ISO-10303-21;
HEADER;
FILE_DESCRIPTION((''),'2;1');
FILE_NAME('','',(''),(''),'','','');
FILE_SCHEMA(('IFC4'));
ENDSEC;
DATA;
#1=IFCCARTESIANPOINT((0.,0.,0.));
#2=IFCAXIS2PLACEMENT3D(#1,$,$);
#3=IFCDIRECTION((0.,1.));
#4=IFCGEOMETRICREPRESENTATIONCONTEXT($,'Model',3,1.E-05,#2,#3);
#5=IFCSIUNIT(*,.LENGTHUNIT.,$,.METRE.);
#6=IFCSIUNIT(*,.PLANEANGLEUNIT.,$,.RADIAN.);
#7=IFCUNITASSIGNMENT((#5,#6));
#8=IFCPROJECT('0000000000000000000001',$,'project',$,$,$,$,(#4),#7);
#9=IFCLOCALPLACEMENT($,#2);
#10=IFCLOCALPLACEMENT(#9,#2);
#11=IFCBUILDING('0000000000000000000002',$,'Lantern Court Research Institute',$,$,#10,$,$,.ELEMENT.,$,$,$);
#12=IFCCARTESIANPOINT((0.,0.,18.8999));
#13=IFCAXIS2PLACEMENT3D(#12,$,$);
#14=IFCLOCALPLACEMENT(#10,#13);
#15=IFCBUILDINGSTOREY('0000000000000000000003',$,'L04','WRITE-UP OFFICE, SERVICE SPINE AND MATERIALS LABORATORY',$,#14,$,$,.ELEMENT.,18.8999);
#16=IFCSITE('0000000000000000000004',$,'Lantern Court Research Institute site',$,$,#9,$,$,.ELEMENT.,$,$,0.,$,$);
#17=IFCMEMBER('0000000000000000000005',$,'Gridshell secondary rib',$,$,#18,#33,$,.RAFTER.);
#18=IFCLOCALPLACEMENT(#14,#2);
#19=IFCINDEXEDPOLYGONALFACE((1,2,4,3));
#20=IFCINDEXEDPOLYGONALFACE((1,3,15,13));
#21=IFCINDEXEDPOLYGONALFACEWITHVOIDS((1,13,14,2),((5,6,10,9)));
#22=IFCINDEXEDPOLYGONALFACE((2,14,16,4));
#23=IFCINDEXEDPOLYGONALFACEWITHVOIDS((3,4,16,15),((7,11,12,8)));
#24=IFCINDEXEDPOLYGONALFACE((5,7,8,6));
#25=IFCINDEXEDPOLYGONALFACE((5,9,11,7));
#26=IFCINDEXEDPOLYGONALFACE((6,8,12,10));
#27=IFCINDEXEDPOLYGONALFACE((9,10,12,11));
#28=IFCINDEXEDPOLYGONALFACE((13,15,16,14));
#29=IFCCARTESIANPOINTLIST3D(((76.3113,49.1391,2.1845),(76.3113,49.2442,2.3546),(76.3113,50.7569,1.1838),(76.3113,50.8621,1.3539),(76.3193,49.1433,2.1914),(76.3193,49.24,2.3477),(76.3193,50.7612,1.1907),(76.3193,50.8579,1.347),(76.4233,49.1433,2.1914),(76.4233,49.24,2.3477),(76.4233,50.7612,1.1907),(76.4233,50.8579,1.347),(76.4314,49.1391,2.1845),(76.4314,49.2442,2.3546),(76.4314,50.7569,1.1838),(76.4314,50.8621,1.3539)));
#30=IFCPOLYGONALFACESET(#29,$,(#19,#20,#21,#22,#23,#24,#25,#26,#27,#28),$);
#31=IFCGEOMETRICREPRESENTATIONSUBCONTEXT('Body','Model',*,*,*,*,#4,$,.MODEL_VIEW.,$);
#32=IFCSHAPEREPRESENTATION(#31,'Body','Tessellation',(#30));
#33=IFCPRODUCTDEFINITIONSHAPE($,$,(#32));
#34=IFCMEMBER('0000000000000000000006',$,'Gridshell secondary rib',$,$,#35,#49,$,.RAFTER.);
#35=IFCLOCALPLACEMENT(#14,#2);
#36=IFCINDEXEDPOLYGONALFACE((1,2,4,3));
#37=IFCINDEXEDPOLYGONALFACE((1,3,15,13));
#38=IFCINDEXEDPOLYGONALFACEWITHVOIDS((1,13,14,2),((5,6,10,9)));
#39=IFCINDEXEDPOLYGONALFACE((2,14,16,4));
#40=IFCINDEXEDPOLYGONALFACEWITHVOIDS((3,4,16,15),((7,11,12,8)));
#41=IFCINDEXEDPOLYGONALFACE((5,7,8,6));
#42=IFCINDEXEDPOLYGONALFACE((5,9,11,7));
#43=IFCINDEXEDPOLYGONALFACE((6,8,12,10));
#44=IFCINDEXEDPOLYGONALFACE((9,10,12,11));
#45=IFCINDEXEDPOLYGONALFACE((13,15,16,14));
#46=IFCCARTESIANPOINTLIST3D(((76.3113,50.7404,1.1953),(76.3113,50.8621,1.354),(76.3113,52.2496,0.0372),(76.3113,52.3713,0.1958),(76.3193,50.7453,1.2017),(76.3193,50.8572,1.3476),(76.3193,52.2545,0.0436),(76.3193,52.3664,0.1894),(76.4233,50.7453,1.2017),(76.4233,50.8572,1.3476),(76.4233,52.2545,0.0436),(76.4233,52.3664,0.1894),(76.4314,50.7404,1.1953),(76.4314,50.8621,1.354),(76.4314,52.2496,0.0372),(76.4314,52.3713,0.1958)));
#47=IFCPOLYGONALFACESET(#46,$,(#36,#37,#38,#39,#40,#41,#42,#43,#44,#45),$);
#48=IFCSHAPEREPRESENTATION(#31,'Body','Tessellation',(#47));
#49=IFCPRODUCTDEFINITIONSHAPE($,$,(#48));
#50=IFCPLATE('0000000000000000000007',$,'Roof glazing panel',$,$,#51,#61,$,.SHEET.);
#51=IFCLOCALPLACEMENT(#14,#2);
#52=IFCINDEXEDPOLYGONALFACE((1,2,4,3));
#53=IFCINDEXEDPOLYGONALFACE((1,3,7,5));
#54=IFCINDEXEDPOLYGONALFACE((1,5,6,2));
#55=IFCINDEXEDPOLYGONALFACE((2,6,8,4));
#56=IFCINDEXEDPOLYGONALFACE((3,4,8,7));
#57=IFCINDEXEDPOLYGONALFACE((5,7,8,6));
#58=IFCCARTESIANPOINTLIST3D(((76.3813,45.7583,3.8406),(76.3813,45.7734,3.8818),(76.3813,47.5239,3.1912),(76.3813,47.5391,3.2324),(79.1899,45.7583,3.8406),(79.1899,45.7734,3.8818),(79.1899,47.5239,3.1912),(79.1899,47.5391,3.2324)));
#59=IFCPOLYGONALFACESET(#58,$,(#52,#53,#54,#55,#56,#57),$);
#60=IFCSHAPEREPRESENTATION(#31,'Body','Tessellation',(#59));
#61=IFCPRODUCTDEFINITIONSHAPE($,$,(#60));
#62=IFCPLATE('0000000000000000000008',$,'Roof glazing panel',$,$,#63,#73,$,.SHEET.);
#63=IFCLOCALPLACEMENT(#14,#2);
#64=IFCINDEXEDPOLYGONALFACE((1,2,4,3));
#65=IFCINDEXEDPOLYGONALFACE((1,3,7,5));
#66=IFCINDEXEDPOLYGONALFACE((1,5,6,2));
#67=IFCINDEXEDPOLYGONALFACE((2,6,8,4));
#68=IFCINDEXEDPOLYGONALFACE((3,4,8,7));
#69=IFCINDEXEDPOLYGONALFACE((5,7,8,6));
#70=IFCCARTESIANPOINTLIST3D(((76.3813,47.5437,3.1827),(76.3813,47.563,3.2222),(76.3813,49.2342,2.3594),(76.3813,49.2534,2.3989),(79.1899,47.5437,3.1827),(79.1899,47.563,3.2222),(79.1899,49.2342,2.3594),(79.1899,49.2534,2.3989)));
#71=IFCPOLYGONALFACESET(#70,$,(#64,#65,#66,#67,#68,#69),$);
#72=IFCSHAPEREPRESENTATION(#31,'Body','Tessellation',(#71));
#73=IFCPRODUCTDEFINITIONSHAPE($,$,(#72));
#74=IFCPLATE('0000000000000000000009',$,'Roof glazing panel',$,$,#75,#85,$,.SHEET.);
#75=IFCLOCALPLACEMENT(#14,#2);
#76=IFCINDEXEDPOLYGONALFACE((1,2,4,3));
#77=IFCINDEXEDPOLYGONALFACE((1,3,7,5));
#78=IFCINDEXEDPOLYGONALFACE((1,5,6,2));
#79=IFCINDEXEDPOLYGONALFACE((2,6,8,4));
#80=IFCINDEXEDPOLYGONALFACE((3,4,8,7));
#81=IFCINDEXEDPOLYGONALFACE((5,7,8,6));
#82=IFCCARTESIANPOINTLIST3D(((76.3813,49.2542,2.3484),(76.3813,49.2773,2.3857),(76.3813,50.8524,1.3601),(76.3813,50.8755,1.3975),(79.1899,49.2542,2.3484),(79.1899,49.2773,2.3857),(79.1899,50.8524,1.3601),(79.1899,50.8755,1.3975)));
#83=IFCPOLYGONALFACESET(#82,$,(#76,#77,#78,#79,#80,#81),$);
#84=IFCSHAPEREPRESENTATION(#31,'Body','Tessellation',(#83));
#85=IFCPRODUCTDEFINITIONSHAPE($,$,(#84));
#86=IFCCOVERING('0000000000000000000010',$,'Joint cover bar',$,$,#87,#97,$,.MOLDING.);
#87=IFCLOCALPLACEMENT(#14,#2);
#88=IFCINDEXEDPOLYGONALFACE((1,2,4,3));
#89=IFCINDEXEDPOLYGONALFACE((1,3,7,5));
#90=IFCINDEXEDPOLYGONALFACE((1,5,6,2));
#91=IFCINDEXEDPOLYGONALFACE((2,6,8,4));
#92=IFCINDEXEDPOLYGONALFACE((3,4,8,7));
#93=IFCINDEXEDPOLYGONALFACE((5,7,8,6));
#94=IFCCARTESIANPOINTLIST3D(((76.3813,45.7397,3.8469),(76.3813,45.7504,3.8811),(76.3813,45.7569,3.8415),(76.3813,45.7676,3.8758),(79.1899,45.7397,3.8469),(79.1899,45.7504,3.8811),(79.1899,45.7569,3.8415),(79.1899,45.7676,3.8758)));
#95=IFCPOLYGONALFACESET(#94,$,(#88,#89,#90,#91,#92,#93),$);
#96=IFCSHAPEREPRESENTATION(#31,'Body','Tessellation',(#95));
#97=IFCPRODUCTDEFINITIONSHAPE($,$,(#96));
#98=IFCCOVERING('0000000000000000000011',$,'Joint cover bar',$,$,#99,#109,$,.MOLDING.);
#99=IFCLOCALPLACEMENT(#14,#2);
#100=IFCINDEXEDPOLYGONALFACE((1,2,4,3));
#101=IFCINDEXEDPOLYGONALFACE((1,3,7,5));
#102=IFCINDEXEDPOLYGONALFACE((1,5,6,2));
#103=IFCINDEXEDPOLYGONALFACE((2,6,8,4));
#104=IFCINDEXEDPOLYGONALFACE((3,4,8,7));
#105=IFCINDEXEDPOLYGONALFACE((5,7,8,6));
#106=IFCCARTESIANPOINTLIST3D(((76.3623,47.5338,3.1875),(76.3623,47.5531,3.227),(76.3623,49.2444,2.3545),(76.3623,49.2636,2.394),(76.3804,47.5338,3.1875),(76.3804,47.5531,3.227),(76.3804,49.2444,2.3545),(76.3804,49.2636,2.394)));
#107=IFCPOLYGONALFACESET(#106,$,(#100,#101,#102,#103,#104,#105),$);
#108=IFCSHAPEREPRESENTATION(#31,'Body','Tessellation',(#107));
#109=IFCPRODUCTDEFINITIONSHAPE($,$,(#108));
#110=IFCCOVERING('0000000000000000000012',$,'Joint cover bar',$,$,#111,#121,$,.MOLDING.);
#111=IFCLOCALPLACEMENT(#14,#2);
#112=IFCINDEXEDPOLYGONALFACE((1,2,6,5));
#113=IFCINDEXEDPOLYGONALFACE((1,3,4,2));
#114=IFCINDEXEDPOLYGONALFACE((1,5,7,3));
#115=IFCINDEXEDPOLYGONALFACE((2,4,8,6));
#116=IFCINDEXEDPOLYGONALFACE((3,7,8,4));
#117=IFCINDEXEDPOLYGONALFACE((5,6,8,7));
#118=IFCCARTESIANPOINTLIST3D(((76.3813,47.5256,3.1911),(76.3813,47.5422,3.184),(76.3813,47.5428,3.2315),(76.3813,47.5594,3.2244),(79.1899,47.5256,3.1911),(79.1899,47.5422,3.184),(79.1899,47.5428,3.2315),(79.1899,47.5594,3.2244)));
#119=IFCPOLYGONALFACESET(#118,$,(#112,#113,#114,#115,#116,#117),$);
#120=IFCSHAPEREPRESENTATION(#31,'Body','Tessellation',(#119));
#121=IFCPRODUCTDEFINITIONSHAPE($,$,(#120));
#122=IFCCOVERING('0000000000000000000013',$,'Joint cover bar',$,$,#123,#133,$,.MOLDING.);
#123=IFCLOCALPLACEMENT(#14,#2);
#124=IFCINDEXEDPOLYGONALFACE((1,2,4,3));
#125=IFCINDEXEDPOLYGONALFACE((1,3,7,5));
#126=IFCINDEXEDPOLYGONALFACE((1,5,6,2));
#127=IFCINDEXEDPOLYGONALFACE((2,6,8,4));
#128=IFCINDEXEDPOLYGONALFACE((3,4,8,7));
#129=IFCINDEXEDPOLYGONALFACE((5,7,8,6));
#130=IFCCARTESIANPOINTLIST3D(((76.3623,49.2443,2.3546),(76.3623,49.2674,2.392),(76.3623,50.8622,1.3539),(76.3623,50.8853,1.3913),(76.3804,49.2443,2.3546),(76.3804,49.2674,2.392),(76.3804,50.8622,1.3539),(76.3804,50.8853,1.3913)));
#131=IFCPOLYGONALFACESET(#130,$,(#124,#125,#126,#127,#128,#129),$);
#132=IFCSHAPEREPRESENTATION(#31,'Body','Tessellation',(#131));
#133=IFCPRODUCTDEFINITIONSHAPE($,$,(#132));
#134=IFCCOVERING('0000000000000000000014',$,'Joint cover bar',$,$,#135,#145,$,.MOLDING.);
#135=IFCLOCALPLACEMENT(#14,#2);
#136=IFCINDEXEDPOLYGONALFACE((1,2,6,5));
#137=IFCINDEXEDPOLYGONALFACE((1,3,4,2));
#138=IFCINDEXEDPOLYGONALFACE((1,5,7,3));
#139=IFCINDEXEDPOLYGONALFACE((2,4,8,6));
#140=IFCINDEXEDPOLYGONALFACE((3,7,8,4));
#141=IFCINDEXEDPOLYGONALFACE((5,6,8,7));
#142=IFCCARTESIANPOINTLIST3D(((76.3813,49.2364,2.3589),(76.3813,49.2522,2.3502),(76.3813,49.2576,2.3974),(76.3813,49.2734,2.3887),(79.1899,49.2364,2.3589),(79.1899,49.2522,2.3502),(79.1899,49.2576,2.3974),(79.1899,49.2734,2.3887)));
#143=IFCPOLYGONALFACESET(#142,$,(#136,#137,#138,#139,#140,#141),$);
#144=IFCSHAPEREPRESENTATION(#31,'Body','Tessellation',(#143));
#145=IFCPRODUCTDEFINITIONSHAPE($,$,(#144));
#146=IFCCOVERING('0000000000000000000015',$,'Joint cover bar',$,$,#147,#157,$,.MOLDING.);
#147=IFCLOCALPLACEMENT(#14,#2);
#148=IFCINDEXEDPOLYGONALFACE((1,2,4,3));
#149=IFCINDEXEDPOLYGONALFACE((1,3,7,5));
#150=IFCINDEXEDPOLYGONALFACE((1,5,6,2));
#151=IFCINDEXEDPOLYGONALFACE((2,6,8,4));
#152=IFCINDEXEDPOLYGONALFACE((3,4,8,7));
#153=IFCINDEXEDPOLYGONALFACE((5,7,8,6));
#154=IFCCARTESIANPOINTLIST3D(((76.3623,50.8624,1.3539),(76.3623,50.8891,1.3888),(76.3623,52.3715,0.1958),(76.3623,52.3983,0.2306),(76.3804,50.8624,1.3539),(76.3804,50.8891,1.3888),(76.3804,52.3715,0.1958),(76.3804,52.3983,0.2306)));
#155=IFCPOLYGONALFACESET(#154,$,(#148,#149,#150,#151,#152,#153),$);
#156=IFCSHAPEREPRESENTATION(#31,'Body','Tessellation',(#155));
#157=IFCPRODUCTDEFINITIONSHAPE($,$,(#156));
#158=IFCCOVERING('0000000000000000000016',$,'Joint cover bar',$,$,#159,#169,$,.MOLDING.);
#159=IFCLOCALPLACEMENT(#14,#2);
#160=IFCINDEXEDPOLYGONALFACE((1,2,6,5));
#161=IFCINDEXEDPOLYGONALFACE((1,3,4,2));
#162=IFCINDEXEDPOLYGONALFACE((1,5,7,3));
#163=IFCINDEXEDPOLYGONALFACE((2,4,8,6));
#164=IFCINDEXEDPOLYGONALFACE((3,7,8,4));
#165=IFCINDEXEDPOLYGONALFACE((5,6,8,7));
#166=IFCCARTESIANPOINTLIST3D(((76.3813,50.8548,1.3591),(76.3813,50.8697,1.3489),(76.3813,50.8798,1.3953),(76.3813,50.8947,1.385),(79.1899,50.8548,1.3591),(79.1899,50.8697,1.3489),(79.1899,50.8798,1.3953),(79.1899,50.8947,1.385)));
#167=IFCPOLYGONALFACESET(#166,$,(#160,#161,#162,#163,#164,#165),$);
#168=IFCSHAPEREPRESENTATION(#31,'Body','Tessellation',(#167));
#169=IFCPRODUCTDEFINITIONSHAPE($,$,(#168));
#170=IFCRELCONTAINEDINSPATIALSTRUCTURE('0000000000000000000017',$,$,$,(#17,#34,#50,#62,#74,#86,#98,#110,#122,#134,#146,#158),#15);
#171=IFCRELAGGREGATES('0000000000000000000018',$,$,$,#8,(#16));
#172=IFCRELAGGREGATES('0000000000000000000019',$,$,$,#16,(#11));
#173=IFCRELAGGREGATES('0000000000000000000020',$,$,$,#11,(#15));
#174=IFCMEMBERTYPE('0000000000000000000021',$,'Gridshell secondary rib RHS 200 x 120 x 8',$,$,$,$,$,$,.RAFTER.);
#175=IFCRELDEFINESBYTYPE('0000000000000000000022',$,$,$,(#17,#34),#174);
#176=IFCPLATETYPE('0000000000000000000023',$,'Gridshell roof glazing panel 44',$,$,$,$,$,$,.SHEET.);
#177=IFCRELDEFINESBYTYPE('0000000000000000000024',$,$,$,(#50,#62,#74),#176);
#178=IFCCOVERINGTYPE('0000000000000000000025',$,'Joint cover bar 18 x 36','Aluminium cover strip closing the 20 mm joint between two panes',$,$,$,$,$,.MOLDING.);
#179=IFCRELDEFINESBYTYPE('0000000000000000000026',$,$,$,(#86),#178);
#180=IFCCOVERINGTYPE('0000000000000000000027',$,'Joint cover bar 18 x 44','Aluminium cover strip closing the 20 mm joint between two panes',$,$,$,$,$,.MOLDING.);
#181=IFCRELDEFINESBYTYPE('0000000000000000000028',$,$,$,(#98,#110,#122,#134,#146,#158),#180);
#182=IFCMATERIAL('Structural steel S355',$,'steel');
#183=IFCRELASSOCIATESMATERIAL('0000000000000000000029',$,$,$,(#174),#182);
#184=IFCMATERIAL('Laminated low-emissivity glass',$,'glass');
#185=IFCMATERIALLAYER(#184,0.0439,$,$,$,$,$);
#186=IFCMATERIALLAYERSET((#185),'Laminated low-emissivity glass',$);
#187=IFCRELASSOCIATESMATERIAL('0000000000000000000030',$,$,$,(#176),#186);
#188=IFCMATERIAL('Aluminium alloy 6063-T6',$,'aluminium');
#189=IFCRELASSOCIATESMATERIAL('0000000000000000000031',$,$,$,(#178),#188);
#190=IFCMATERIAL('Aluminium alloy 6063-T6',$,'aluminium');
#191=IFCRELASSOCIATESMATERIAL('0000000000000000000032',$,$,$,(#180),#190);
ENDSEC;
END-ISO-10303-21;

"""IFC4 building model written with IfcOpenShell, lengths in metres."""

from ifc_helpers import new_model, si_unit, direction, frame, origin, origin_2d, place, context, subcontext, project, spatial, polyline, rectangle, hollow_rectangle, outline, extrude, material, layer, layer_set, material_profile, profile_set, type_object, element, save


model = new_model("IFC4")

# Units and contexts
model_context = context("Model", 3, precision=1e-05, world=origin(), true_north=direction((0.0, 1.0)))
body_context = subcontext(model_context, "Body", "Model", "MODEL_VIEW")
ifc_project = project(units=[si_unit("LENGTHUNIT", "METRE"), si_unit("PLANEANGLEUNIT", "RADIAN")], contexts=[model_context])

# Site, building, storey
site_placement = place(None, origin())
site = spatial("IfcSite", under=ifc_project, at=site_placement, Name="Lantern Court Research Institute site", CompositionType="ELEMENT", RefElevation=0.0)
building_placement = place(site_placement, origin())
building = spatial("IfcBuilding", under=site, at=building_placement, Name="Lantern Court Research Institute", CompositionType="ELEMENT")
storey_placement = place(building_placement, frame((0.0, 0.0, 18.8999)))
storey = spatial("IfcBuildingStorey", under=building, at=storey_placement, Name="L04", Description="WRITE-UP OFFICE, SERVICE SPINE AND MATERIALS LABORATORY", CompositionType="ELEMENT", Elevation=18.8999)

# Members
ifc_material_1 = material(Name="Structural steel S355", Category="steel")
ifc_material_profile_1 = material_profile(ifc_material_1, hollow_rectangle(XDim=0.1201, YDim=0.2, WallThickness=0.0081, at=origin_2d()), Name="Gridshell secondary rib RHS 200 x 120 x 8")
ifc_profile_set_1 = profile_set([ifc_material_profile_1], Name="Structural steel S355")
member_type_1 = type_object("IfcMemberType", Name="Gridshell secondary rib RHS 200 x 120 x 8", PredefinedType="RAFTER", material=ifc_profile_set_1)
for number, where, z_axis, x_axis, name in (
    (1, (76.3713, 49.1917, 2.2695), (0.0, 0.850462, -0.526036), (-1.0, 0.0, 0.0), "Gridshell secondary rib"),
    (2, (76.3713, 50.8013, 1.2747), (0.0, 0.79333, -0.608792), (-1.0, 0.0, 0.0), "Gridshell secondary rib"),
):
    element("IfcMember", number, at=place(storey_placement, frame(where, z_axis=z_axis, x_axis=x_axis)), inside=storey, type_object=member_type_1, Name=name, PredefinedType="RAFTER", context=body_context, shape_type="SweptSolid", body=[
        extrude(hollow_rectangle(XDim=0.1201, YDim=0.2, WallThickness=0.0081, at=origin_2d()), origin(), (0.0, 0.0, 1.0), 1.9023),
    ])

# Plates
ifc_material_2 = material(Name="Laminated low-emissivity glass", Category="glass")
ifc_layer = layer(ifc_material_2, 0.0439)
ifc_layer_set = layer_set([ifc_layer], Name="Laminated low-emissivity glass")
plate_type = type_object("IfcPlateType", Name="Gridshell roof glazing panel 44", PredefinedType="SHEET", material=ifc_layer_set)
plate_1_placement = place(storey_placement, frame((79.1899, 45.7734, 3.8818), z_axis=(0.0, 0.3452, 0.938529), x_axis=(-1.0, 0.0, 0.0)))
element("IfcPlate", 3, at=plate_1_placement, inside=storey, type_object=plate_type, Name="Roof glazing panel", PredefinedType="SHEET", context=body_context, shape_type="SweptSolid", body=[
    extrude(outline(polyline([(0.0, 0.0), (2.8086, 0.0), (2.8086, -1.8813), (0.0, -1.8813), (0.0, 0.0)])), origin(), (0.0, 0.0, -1.0), 0.0439),
])
plate_2_placement = place(storey_placement, frame((79.1899, 47.563, 3.2222), z_axis=(0.0, 0.43784, 0.899053), x_axis=(-1.0, 0.0, 0.0)))
element("IfcPlate", 4, at=plate_2_placement, inside=storey, type_object=plate_type, Name="Roof glazing panel", PredefinedType="SHEET", context=body_context, shape_type="SweptSolid", body=[
    extrude(outline(polyline([(0.0, 0.0), (2.8086, 0.0), (2.8086, -1.8802), (0.0, -1.8802), (0.0, 0.0)])), origin(), (0.0, 0.0, -1.0), 0.0439),
])
plate_3_placement = place(storey_placement, frame((79.1899, 49.2773, 2.3857), z_axis=(0.0, 0.525952, 0.850514), x_axis=(-1.0, 0.0, 0.0)))
element("IfcPlate", 5, at=plate_3_placement, inside=storey, type_object=plate_type, Name="Roof glazing panel", PredefinedType="SHEET", context=body_context, shape_type="SweptSolid", body=[
    extrude(outline(polyline([(0.0, 0.0), (2.8086, 0.0), (2.8086, -1.879), (0.0, -1.879), (0.0, 0.0)])), origin(), (0.0, 0.0, -1.0), 0.0439),
])

# Coverings
ifc_material_3 = material(Name="Aluminium alloy 6063-T6", Category="aluminium")
ifc_material_profile_2 = material_profile(ifc_material_3, rectangle(XDim=0.0181, YDim=0.0359, at=origin_2d()), Name="Joint cover bar 18 x 36")
ifc_profile_set_2 = profile_set([ifc_material_profile_2], Name="Aluminium alloy 6063-T6")
covering_type_1 = type_object("IfcCoveringType", Name="Joint cover bar 18 x 36", Description="Aluminium cover strip closing the 20 mm joint between two panes", PredefinedType="MOLDING", material=ifc_profile_set_2)
covering_1_placement = place(storey_placement, frame((76.3813, 45.7537, 3.8613), z_axis=(1.0, 0.0, 0.0), x_axis=(0.0, 0.954713, -0.297528)))
element("IfcCovering", 6, at=covering_1_placement, inside=storey, type_object=covering_type_1, Name="Joint cover bar", PredefinedType="MOLDING", context=body_context, shape_type="SweptSolid", body=[
    extrude(rectangle(XDim=0.0181, YDim=0.0359, at=origin_2d()), origin(), (0.0, 0.0, 1.0), 2.8086),
])
ifc_material_4 = material(Name="Aluminium alloy 6063-T6", Category="aluminium")
ifc_material_profile_3 = material_profile(ifc_material_4, rectangle(XDim=0.0181, YDim=0.0439, at=origin_2d()), Name="Joint cover bar 18 x 44")
ifc_profile_set_3 = profile_set([ifc_material_profile_3], Name="Aluminium alloy 6063-T6")
covering_type_2 = type_object("IfcCoveringType", Name="Joint cover bar 18 x 44", Description="Aluminium cover strip closing the 20 mm joint between two panes", PredefinedType="MOLDING", material=ifc_profile_set_3)
covering_2_placement = place(storey_placement, frame((76.3713, 47.5435, 3.2073), z_axis=(0.0, 0.899049, -0.437847), x_axis=(-1.0, 0.0, 0.0)))
element("IfcCovering", 7, at=covering_2_placement, inside=storey, type_object=covering_type_2, Name="Joint cover bar", PredefinedType="MOLDING", context=body_context, shape_type="SweptSolid", body=[
    extrude(rectangle(XDim=0.0181, YDim=0.0439, at=origin_2d()), origin(), (0.0, 0.0, 1.0), 1.9026),
])
covering_3_placement = place(storey_placement, frame((76.3813, 47.5425, 3.2078), z_axis=(1.0, 0.0, 0.0), x_axis=(0.0, 0.919966, -0.391999)))
element("IfcCovering", 8, at=covering_3_placement, inside=storey, type_object=covering_type_2, Name="Joint cover bar", PredefinedType="MOLDING", context=body_context, shape_type="SweptSolid", body=[
    extrude(rectangle(XDim=0.0181, YDim=0.0439, at=origin_2d()), origin(), (0.0, 0.0, 1.0), 2.8086),
])
covering_4_placement = place(storey_placement, frame((76.3713, 49.2559, 2.3733), z_axis=(0.0, 0.850462, -0.526036), x_axis=(-1.0, 0.0, 0.0)))
element("IfcCovering", 9, at=covering_4_placement, inside=storey, type_object=covering_type_2, Name="Joint cover bar", PredefinedType="MOLDING", context=body_context, shape_type="SweptSolid", body=[
    extrude(rectangle(XDim=0.0181, YDim=0.0439, at=origin_2d()), origin(), (0.0, 0.0, 1.0), 1.9023),
])
covering_5_placement = place(storey_placement, frame((76.3813, 49.2549, 2.3738), z_axis=(1.0, 0.0, 0.0), x_axis=(0.0, 0.875897, -0.482497)))
element("IfcCovering", 10, at=covering_5_placement, inside=storey, type_object=covering_type_2, Name="Joint cover bar", PredefinedType="MOLDING", context=body_context, shape_type="SweptSolid", body=[
    extrude(rectangle(XDim=0.0181, YDim=0.0439, at=origin_2d()), origin(), (0.0, 0.0, 1.0), 2.8086),
])
covering_6_placement = place(storey_placement, frame((76.3713, 50.8757, 1.3713), z_axis=(0.0, 0.79333, -0.608792), x_axis=(-1.0, 0.0, 0.0)))
element("IfcCovering", 11, at=covering_6_placement, inside=storey, type_object=covering_type_2, Name="Joint cover bar", PredefinedType="MOLDING", context=body_context, shape_type="SweptSolid", body=[
    extrude(rectangle(XDim=0.0181, YDim=0.0439, at=origin_2d()), origin(), (0.0, 0.0, 1.0), 1.9023),
])
covering_7_placement = place(storey_placement, frame((76.3813, 50.8748, 1.3721), z_axis=(1.0, 0.0, 0.0), x_axis=(0.0, 0.822954, -0.568108)))
element("IfcCovering", 12, at=covering_7_placement, inside=storey, type_object=covering_type_2, Name="Joint cover bar", PredefinedType="MOLDING", context=body_context, shape_type="SweptSolid", body=[
    extrude(rectangle(XDim=0.0181, YDim=0.0439, at=origin_2d()), origin(), (0.0, 0.0, 1.0), 2.8086),
])

save(model, "model.ifc")
